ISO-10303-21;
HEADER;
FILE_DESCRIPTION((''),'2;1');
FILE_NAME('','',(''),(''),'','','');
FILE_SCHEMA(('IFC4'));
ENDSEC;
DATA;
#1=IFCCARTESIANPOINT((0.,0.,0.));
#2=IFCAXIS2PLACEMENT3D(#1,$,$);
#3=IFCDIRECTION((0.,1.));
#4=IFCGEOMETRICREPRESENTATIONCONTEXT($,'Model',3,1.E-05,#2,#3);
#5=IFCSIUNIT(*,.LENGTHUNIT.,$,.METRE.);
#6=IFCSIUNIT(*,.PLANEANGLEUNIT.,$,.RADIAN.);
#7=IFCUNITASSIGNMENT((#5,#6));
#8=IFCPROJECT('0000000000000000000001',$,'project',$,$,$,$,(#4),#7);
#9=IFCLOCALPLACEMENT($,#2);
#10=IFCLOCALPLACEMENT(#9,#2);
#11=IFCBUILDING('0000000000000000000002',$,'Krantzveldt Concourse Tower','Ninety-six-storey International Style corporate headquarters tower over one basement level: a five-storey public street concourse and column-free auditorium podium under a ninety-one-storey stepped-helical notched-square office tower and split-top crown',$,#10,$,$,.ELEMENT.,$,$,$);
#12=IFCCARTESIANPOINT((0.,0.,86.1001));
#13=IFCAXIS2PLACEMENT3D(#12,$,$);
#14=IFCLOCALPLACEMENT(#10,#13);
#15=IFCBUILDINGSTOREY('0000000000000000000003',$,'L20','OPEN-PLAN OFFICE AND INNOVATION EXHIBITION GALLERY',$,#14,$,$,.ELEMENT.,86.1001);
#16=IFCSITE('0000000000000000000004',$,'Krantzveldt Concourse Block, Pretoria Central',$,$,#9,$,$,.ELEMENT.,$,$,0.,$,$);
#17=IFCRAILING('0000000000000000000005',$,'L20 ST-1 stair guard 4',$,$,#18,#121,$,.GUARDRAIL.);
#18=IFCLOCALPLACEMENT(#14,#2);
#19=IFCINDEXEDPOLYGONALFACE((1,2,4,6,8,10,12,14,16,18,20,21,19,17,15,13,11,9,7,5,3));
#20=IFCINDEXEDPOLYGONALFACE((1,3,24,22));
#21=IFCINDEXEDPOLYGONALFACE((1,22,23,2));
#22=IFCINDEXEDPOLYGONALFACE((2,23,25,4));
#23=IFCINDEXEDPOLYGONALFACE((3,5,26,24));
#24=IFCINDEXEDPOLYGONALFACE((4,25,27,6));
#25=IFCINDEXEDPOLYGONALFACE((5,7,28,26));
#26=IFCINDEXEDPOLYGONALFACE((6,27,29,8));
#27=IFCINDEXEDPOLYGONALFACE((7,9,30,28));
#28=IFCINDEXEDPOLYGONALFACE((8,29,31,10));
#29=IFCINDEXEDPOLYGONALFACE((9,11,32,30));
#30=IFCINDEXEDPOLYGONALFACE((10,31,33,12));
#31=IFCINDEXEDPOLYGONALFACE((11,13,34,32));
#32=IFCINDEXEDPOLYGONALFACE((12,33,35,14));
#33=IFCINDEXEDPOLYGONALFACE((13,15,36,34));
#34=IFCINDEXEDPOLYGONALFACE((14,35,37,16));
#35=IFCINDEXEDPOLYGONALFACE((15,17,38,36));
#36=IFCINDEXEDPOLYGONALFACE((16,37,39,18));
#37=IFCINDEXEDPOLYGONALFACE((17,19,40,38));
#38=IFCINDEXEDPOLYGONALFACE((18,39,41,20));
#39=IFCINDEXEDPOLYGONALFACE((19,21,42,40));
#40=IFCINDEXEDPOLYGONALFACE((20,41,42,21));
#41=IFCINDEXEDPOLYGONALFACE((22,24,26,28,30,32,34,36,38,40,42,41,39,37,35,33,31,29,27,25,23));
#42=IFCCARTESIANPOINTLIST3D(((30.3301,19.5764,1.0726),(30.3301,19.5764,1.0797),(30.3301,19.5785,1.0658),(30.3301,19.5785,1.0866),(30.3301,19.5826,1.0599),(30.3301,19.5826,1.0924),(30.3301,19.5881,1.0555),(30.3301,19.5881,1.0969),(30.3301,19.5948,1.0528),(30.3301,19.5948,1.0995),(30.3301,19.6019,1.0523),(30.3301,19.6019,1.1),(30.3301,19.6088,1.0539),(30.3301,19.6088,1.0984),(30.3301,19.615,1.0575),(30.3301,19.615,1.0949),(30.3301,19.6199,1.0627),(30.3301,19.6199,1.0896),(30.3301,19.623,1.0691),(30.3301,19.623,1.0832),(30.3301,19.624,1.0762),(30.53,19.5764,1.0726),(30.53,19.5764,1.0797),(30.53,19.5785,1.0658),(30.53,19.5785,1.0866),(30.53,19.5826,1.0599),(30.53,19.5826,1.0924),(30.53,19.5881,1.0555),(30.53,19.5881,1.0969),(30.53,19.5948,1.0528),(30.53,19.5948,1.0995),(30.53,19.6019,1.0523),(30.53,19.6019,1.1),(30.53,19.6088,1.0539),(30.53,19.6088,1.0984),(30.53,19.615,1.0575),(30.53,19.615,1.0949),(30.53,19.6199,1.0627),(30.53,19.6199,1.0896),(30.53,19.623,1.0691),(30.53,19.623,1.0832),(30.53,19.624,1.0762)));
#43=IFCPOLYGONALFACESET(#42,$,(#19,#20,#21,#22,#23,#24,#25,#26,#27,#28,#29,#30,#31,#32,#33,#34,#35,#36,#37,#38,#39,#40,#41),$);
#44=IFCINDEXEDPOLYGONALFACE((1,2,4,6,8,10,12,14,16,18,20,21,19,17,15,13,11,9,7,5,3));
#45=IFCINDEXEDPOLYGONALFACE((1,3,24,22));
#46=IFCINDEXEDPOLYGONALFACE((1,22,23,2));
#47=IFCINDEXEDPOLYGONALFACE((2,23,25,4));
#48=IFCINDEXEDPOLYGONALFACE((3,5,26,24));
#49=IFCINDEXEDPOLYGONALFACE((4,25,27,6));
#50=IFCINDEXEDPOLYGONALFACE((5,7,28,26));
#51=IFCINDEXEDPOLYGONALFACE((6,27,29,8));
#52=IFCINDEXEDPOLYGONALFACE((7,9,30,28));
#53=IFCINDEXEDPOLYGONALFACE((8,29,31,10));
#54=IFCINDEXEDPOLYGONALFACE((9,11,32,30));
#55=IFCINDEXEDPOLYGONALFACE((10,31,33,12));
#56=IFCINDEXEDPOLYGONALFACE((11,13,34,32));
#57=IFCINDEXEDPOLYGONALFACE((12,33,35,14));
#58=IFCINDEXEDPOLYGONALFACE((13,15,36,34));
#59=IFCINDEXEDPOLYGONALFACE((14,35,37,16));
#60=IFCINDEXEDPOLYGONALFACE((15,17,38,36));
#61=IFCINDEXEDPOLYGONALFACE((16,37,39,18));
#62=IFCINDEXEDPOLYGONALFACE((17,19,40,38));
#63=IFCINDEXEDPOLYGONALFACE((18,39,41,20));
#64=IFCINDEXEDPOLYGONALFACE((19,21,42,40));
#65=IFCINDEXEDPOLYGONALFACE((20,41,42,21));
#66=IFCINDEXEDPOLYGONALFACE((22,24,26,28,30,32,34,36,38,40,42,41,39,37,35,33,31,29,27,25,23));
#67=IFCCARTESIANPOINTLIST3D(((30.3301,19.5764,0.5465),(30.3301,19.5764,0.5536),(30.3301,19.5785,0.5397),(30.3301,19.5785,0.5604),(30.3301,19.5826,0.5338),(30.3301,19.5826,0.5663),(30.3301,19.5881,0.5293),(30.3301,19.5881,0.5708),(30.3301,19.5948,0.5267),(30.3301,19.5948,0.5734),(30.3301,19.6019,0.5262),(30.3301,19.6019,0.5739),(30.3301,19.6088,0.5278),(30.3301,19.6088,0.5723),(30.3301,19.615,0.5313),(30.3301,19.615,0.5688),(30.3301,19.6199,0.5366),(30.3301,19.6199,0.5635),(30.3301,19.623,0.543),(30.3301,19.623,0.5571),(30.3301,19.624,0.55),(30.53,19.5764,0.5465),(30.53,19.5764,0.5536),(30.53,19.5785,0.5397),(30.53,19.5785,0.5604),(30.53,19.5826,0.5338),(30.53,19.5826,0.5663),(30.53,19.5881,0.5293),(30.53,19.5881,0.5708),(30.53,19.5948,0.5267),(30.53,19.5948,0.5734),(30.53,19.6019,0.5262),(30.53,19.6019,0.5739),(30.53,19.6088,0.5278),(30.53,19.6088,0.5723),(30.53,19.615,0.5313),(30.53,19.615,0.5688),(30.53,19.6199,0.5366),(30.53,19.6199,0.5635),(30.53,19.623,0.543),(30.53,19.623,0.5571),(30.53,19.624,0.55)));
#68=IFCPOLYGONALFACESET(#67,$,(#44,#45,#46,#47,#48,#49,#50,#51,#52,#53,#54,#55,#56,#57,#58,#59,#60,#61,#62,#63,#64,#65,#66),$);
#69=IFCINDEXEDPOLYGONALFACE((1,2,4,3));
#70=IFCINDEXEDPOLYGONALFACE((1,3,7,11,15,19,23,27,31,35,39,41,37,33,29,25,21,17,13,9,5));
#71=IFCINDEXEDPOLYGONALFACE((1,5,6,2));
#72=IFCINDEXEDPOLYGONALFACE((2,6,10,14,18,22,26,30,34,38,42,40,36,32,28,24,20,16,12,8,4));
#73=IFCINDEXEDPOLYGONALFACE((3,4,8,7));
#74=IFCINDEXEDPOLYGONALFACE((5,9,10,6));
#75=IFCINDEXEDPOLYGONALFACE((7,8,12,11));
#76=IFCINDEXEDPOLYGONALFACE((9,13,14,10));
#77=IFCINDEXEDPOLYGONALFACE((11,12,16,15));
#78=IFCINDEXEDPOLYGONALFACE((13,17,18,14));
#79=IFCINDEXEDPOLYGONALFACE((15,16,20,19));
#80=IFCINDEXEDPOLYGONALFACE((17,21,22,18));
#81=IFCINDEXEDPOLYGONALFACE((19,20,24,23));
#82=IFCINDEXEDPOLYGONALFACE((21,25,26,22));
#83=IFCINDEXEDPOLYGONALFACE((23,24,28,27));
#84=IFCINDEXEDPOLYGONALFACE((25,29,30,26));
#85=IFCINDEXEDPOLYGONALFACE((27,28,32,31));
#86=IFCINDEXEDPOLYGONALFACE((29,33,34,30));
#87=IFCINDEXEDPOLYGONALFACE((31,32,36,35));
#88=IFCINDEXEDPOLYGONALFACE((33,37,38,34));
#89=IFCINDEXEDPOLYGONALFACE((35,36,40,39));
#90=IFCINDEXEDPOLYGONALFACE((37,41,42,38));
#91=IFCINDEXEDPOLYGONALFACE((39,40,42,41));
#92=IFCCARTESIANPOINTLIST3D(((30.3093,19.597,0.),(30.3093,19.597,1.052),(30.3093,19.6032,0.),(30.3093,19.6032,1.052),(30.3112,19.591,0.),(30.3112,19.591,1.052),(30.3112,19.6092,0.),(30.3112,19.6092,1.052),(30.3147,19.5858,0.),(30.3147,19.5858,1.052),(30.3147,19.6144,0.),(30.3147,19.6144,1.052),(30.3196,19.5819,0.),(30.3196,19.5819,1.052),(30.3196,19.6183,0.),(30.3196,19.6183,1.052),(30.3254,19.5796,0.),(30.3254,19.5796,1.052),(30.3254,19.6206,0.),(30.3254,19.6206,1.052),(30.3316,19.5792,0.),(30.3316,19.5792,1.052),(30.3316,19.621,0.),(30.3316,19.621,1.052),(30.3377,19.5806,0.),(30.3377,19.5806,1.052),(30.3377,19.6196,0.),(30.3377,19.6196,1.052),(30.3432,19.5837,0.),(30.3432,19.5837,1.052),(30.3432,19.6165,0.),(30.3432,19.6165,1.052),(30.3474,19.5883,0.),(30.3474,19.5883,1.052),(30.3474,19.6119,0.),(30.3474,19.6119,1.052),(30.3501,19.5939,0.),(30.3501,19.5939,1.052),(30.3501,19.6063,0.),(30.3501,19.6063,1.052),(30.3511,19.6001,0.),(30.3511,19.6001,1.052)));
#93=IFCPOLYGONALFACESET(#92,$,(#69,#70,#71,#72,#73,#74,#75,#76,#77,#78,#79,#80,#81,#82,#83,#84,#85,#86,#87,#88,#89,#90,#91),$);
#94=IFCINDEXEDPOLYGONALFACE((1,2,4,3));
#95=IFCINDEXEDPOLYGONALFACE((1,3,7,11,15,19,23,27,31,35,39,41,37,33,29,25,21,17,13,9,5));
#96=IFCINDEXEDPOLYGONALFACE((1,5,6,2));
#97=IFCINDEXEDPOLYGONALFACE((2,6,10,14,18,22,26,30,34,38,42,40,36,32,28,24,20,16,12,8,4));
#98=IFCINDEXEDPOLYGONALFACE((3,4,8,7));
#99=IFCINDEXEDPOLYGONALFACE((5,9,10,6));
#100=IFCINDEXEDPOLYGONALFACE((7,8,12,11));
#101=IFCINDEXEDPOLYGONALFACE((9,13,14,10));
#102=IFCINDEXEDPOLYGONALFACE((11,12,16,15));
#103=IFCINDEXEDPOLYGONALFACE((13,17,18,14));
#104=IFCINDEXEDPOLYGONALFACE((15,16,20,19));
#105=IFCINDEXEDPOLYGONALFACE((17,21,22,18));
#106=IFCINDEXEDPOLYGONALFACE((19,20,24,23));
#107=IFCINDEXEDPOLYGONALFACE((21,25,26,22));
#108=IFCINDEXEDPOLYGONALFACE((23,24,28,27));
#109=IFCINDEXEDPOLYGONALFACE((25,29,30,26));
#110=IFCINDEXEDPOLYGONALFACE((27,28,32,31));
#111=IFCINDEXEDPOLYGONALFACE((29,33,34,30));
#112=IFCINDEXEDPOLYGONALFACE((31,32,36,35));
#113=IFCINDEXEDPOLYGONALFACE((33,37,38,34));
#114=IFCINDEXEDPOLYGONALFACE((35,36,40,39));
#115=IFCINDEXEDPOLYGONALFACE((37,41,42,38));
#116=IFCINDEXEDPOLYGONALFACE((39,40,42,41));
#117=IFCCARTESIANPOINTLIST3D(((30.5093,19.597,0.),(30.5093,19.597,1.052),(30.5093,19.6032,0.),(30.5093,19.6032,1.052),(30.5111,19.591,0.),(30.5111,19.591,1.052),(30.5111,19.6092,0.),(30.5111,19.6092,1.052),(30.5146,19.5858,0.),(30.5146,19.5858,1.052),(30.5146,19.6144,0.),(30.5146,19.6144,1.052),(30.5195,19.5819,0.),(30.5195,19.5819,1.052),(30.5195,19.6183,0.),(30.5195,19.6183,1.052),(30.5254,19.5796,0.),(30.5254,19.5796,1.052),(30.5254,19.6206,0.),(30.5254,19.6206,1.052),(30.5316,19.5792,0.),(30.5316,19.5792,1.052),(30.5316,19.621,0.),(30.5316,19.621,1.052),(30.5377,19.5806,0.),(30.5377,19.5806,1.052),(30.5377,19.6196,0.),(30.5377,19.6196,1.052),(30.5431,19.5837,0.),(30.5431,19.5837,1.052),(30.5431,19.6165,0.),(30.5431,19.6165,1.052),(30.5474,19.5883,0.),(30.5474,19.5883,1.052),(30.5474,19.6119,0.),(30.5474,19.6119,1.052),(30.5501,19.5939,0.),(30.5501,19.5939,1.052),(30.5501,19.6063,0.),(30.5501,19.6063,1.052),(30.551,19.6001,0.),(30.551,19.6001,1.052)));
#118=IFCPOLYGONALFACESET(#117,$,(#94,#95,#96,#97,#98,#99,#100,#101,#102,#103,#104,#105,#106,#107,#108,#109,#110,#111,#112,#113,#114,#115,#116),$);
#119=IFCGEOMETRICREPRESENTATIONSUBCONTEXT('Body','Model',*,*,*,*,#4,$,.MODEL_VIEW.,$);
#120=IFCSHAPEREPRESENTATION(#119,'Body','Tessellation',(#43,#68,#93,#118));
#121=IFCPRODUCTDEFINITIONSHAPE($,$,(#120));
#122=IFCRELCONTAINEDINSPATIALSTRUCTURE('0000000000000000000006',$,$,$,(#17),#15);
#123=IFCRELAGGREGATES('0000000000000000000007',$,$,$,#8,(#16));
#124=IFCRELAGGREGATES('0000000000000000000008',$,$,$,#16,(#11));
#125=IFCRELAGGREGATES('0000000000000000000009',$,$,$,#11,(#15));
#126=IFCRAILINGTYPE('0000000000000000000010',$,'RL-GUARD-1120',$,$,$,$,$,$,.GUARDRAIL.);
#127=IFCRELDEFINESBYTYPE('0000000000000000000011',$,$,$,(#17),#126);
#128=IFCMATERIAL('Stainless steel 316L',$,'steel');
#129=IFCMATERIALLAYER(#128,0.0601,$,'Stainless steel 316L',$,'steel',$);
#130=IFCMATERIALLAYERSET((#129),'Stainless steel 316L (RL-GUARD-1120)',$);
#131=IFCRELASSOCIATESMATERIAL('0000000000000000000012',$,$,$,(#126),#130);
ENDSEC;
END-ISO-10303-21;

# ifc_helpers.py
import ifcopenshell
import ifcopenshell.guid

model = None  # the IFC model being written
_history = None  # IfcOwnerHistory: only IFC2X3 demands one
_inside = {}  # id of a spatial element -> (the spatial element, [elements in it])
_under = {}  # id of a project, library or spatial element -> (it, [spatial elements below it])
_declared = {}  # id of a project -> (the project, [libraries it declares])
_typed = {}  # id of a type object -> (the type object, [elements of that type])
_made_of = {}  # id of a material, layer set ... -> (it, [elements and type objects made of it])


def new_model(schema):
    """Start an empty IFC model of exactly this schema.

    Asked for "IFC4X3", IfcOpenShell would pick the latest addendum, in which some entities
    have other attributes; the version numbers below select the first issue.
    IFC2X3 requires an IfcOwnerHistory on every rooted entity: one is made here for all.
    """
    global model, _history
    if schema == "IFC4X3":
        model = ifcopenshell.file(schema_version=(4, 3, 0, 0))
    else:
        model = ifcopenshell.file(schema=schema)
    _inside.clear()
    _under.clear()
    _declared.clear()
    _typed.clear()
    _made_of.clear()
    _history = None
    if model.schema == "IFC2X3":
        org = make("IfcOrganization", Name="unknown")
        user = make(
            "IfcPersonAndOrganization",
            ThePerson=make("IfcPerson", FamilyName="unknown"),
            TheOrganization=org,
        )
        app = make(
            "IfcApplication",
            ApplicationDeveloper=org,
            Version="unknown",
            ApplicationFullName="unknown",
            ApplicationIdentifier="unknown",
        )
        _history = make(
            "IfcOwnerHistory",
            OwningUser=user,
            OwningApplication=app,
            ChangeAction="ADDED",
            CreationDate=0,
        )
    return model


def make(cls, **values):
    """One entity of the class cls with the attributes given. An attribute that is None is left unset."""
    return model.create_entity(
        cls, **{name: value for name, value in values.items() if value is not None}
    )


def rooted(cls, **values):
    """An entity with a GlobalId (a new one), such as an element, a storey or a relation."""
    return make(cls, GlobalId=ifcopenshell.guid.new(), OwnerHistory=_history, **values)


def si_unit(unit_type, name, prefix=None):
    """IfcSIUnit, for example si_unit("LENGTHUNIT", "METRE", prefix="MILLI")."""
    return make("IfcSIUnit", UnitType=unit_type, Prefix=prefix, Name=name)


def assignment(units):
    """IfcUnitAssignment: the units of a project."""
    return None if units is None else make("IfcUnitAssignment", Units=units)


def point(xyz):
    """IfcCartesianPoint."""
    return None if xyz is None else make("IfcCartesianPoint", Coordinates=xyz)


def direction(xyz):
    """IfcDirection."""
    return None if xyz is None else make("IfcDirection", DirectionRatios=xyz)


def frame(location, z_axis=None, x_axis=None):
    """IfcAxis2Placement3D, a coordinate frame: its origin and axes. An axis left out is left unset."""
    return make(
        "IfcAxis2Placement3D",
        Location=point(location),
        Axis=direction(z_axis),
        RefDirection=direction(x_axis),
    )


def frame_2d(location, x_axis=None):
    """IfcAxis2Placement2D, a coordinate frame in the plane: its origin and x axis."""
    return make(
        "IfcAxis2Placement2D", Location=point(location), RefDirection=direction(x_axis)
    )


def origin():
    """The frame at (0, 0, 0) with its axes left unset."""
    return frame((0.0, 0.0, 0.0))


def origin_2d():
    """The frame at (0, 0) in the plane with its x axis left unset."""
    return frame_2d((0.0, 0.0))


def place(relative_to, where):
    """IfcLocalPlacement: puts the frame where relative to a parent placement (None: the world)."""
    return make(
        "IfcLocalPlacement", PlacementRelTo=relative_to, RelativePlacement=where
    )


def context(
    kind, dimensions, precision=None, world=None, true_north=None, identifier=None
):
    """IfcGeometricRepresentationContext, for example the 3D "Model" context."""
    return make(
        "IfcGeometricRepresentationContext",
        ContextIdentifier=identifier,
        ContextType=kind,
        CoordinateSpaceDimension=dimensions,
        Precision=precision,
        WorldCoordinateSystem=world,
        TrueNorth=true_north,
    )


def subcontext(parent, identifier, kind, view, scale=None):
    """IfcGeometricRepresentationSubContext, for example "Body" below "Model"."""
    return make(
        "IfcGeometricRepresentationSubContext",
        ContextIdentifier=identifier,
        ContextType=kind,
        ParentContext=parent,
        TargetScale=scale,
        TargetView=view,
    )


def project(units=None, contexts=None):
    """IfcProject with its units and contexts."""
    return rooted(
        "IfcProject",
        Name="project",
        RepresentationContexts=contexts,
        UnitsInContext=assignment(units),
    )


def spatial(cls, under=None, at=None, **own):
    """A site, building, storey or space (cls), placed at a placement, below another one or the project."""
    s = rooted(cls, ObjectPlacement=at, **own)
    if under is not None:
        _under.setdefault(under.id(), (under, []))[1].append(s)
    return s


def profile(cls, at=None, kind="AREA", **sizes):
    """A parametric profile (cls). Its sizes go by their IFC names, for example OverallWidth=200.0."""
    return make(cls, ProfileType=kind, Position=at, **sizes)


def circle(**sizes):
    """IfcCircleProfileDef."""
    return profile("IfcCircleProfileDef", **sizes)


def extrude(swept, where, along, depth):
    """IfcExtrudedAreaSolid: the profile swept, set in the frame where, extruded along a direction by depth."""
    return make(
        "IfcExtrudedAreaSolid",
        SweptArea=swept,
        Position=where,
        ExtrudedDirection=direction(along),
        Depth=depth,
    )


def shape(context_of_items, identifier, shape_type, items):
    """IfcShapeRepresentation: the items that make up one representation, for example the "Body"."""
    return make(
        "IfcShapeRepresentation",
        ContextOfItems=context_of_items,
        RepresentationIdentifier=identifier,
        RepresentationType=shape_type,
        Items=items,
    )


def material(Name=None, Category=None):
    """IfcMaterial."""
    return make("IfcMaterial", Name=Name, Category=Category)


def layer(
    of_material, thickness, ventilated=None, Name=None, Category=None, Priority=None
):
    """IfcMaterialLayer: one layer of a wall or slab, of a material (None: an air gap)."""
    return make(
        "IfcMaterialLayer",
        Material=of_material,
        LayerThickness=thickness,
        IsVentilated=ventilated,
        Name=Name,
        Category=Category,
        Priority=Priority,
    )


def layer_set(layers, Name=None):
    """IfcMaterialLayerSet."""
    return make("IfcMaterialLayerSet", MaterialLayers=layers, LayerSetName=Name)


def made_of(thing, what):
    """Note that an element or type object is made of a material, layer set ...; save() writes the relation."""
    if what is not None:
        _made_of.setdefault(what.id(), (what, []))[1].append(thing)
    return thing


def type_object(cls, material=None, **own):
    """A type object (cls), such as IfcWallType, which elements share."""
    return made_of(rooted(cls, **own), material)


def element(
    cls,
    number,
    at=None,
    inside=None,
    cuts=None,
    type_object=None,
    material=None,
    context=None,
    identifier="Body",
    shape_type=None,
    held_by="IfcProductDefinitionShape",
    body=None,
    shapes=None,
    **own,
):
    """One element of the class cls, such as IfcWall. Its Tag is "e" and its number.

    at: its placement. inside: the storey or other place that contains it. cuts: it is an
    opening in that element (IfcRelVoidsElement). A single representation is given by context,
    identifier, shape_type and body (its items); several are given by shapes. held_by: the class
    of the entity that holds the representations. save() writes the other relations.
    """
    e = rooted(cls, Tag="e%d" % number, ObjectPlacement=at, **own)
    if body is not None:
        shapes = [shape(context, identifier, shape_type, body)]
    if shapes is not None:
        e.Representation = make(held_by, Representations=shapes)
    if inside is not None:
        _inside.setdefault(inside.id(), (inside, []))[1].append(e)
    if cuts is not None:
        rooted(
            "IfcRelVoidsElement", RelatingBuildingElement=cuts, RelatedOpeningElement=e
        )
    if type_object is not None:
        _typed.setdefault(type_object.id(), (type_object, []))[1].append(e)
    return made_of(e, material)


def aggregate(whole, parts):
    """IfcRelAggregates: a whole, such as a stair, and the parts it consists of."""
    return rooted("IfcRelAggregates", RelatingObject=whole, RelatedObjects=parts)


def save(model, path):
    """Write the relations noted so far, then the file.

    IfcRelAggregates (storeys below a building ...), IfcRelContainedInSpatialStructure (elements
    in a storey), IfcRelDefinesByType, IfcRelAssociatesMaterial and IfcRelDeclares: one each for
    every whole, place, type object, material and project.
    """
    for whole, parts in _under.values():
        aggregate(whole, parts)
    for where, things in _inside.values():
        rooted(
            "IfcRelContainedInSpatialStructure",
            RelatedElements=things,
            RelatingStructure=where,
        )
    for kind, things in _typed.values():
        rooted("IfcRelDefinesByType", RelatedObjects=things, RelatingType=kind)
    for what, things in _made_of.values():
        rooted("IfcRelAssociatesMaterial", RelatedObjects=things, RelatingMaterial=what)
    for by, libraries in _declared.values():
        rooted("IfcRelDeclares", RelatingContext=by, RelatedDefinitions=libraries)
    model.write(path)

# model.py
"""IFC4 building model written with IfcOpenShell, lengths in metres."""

from ifc_helpers import new_model, si_unit, direction, frame, origin, origin_2d, place, context, subcontext, project, spatial, circle, extrude, material, layer, layer_set, type_object, element, save


model = new_model("IFC4")

# Units and contexts
model_context = context("Model", 3, precision=1e-05, world=origin(), true_north=direction((0.0, 1.0)))
body_context = subcontext(model_context, "Body", "Model", "MODEL_VIEW")
ifc_project = project(units=[si_unit("LENGTHUNIT", "METRE"), si_unit("PLANEANGLEUNIT", "RADIAN")], contexts=[model_context])

# Site, building, storey
site_placement = place(None, origin())
site = spatial("IfcSite", under=ifc_project, at=site_placement, Name="Krantzveldt Concourse Block, Pretoria Central", CompositionType="ELEMENT", RefElevation=0.0)
building_placement = place(site_placement, origin())
building = spatial("IfcBuilding", under=site, at=building_placement, Name="Krantzveldt Concourse Tower", Description="Ninety-six-storey International Style corporate headquarters tower over one basement level: a five-storey public street concourse and column-free auditorium podium under a ninety-one-storey stepped-helical notched-square office tower and split-top crown", CompositionType="ELEMENT")
storey_placement = place(building_placement, frame((0.0, 0.0, 86.1001)))
storey = spatial("IfcBuildingStorey", under=building, at=storey_placement, Name="L20", Description="OPEN-PLAN OFFICE AND INNOVATION EXHIBITION GALLERY", CompositionType="ELEMENT", Elevation=86.1001)

# Railing
ifc_material_1 = material(Name="Stainless steel 316L", Category="steel")
ifc_layer_1 = layer(ifc_material_1, 0.0601, Name="Stainless steel 316L", Category="steel")
ifc_layer_set_1 = layer_set([ifc_layer_1], Name="Stainless steel 316L (RL-GUARD-1120)")
railing_type_1 = type_object("IfcRailingType", Name="RL-GUARD-1120", PredefinedType="GUARDRAIL", material=ifc_layer_set_1)
railing_1_placement = place(storey_placement, frame((30.3301, 19.6001, 0.0)))
element("IfcRailing", 1, at=railing_1_placement, inside=storey, type_object=railing_type_1, Name="L20 ST-1 stair guard 4", PredefinedType="GUARDRAIL", context=body_context, shape_type="SweptSolid", body=[
    extrude(circle(Radius=0.0239, at=origin_2d()), frame((0.0, 0.0, 1.0762), z_axis=(1.0, 0.0, 0.0), x_axis=(0.0, 1.0, 0.0)), (0.0, 0.0, 1.0), 0.2),
    extrude(circle(Radius=0.0239, at=origin_2d()), frame((0.0, 0.0, 0.55), z_axis=(1.0, 0.0, 0.0), x_axis=(0.0, 1.0, 0.0)), (0.0, 0.0, 1.0), 0.2),
    extrude(circle(Radius=0.021, at=origin_2d()), origin(), (0.0, 0.0, 1.0), 1.052),
    extrude(circle(Radius=0.021, at=origin_2d()), frame((0.2, 0.0, 0.0)), (0.0, 0.0, 1.0), 1.052),
])

save(model, "model.ifc")
